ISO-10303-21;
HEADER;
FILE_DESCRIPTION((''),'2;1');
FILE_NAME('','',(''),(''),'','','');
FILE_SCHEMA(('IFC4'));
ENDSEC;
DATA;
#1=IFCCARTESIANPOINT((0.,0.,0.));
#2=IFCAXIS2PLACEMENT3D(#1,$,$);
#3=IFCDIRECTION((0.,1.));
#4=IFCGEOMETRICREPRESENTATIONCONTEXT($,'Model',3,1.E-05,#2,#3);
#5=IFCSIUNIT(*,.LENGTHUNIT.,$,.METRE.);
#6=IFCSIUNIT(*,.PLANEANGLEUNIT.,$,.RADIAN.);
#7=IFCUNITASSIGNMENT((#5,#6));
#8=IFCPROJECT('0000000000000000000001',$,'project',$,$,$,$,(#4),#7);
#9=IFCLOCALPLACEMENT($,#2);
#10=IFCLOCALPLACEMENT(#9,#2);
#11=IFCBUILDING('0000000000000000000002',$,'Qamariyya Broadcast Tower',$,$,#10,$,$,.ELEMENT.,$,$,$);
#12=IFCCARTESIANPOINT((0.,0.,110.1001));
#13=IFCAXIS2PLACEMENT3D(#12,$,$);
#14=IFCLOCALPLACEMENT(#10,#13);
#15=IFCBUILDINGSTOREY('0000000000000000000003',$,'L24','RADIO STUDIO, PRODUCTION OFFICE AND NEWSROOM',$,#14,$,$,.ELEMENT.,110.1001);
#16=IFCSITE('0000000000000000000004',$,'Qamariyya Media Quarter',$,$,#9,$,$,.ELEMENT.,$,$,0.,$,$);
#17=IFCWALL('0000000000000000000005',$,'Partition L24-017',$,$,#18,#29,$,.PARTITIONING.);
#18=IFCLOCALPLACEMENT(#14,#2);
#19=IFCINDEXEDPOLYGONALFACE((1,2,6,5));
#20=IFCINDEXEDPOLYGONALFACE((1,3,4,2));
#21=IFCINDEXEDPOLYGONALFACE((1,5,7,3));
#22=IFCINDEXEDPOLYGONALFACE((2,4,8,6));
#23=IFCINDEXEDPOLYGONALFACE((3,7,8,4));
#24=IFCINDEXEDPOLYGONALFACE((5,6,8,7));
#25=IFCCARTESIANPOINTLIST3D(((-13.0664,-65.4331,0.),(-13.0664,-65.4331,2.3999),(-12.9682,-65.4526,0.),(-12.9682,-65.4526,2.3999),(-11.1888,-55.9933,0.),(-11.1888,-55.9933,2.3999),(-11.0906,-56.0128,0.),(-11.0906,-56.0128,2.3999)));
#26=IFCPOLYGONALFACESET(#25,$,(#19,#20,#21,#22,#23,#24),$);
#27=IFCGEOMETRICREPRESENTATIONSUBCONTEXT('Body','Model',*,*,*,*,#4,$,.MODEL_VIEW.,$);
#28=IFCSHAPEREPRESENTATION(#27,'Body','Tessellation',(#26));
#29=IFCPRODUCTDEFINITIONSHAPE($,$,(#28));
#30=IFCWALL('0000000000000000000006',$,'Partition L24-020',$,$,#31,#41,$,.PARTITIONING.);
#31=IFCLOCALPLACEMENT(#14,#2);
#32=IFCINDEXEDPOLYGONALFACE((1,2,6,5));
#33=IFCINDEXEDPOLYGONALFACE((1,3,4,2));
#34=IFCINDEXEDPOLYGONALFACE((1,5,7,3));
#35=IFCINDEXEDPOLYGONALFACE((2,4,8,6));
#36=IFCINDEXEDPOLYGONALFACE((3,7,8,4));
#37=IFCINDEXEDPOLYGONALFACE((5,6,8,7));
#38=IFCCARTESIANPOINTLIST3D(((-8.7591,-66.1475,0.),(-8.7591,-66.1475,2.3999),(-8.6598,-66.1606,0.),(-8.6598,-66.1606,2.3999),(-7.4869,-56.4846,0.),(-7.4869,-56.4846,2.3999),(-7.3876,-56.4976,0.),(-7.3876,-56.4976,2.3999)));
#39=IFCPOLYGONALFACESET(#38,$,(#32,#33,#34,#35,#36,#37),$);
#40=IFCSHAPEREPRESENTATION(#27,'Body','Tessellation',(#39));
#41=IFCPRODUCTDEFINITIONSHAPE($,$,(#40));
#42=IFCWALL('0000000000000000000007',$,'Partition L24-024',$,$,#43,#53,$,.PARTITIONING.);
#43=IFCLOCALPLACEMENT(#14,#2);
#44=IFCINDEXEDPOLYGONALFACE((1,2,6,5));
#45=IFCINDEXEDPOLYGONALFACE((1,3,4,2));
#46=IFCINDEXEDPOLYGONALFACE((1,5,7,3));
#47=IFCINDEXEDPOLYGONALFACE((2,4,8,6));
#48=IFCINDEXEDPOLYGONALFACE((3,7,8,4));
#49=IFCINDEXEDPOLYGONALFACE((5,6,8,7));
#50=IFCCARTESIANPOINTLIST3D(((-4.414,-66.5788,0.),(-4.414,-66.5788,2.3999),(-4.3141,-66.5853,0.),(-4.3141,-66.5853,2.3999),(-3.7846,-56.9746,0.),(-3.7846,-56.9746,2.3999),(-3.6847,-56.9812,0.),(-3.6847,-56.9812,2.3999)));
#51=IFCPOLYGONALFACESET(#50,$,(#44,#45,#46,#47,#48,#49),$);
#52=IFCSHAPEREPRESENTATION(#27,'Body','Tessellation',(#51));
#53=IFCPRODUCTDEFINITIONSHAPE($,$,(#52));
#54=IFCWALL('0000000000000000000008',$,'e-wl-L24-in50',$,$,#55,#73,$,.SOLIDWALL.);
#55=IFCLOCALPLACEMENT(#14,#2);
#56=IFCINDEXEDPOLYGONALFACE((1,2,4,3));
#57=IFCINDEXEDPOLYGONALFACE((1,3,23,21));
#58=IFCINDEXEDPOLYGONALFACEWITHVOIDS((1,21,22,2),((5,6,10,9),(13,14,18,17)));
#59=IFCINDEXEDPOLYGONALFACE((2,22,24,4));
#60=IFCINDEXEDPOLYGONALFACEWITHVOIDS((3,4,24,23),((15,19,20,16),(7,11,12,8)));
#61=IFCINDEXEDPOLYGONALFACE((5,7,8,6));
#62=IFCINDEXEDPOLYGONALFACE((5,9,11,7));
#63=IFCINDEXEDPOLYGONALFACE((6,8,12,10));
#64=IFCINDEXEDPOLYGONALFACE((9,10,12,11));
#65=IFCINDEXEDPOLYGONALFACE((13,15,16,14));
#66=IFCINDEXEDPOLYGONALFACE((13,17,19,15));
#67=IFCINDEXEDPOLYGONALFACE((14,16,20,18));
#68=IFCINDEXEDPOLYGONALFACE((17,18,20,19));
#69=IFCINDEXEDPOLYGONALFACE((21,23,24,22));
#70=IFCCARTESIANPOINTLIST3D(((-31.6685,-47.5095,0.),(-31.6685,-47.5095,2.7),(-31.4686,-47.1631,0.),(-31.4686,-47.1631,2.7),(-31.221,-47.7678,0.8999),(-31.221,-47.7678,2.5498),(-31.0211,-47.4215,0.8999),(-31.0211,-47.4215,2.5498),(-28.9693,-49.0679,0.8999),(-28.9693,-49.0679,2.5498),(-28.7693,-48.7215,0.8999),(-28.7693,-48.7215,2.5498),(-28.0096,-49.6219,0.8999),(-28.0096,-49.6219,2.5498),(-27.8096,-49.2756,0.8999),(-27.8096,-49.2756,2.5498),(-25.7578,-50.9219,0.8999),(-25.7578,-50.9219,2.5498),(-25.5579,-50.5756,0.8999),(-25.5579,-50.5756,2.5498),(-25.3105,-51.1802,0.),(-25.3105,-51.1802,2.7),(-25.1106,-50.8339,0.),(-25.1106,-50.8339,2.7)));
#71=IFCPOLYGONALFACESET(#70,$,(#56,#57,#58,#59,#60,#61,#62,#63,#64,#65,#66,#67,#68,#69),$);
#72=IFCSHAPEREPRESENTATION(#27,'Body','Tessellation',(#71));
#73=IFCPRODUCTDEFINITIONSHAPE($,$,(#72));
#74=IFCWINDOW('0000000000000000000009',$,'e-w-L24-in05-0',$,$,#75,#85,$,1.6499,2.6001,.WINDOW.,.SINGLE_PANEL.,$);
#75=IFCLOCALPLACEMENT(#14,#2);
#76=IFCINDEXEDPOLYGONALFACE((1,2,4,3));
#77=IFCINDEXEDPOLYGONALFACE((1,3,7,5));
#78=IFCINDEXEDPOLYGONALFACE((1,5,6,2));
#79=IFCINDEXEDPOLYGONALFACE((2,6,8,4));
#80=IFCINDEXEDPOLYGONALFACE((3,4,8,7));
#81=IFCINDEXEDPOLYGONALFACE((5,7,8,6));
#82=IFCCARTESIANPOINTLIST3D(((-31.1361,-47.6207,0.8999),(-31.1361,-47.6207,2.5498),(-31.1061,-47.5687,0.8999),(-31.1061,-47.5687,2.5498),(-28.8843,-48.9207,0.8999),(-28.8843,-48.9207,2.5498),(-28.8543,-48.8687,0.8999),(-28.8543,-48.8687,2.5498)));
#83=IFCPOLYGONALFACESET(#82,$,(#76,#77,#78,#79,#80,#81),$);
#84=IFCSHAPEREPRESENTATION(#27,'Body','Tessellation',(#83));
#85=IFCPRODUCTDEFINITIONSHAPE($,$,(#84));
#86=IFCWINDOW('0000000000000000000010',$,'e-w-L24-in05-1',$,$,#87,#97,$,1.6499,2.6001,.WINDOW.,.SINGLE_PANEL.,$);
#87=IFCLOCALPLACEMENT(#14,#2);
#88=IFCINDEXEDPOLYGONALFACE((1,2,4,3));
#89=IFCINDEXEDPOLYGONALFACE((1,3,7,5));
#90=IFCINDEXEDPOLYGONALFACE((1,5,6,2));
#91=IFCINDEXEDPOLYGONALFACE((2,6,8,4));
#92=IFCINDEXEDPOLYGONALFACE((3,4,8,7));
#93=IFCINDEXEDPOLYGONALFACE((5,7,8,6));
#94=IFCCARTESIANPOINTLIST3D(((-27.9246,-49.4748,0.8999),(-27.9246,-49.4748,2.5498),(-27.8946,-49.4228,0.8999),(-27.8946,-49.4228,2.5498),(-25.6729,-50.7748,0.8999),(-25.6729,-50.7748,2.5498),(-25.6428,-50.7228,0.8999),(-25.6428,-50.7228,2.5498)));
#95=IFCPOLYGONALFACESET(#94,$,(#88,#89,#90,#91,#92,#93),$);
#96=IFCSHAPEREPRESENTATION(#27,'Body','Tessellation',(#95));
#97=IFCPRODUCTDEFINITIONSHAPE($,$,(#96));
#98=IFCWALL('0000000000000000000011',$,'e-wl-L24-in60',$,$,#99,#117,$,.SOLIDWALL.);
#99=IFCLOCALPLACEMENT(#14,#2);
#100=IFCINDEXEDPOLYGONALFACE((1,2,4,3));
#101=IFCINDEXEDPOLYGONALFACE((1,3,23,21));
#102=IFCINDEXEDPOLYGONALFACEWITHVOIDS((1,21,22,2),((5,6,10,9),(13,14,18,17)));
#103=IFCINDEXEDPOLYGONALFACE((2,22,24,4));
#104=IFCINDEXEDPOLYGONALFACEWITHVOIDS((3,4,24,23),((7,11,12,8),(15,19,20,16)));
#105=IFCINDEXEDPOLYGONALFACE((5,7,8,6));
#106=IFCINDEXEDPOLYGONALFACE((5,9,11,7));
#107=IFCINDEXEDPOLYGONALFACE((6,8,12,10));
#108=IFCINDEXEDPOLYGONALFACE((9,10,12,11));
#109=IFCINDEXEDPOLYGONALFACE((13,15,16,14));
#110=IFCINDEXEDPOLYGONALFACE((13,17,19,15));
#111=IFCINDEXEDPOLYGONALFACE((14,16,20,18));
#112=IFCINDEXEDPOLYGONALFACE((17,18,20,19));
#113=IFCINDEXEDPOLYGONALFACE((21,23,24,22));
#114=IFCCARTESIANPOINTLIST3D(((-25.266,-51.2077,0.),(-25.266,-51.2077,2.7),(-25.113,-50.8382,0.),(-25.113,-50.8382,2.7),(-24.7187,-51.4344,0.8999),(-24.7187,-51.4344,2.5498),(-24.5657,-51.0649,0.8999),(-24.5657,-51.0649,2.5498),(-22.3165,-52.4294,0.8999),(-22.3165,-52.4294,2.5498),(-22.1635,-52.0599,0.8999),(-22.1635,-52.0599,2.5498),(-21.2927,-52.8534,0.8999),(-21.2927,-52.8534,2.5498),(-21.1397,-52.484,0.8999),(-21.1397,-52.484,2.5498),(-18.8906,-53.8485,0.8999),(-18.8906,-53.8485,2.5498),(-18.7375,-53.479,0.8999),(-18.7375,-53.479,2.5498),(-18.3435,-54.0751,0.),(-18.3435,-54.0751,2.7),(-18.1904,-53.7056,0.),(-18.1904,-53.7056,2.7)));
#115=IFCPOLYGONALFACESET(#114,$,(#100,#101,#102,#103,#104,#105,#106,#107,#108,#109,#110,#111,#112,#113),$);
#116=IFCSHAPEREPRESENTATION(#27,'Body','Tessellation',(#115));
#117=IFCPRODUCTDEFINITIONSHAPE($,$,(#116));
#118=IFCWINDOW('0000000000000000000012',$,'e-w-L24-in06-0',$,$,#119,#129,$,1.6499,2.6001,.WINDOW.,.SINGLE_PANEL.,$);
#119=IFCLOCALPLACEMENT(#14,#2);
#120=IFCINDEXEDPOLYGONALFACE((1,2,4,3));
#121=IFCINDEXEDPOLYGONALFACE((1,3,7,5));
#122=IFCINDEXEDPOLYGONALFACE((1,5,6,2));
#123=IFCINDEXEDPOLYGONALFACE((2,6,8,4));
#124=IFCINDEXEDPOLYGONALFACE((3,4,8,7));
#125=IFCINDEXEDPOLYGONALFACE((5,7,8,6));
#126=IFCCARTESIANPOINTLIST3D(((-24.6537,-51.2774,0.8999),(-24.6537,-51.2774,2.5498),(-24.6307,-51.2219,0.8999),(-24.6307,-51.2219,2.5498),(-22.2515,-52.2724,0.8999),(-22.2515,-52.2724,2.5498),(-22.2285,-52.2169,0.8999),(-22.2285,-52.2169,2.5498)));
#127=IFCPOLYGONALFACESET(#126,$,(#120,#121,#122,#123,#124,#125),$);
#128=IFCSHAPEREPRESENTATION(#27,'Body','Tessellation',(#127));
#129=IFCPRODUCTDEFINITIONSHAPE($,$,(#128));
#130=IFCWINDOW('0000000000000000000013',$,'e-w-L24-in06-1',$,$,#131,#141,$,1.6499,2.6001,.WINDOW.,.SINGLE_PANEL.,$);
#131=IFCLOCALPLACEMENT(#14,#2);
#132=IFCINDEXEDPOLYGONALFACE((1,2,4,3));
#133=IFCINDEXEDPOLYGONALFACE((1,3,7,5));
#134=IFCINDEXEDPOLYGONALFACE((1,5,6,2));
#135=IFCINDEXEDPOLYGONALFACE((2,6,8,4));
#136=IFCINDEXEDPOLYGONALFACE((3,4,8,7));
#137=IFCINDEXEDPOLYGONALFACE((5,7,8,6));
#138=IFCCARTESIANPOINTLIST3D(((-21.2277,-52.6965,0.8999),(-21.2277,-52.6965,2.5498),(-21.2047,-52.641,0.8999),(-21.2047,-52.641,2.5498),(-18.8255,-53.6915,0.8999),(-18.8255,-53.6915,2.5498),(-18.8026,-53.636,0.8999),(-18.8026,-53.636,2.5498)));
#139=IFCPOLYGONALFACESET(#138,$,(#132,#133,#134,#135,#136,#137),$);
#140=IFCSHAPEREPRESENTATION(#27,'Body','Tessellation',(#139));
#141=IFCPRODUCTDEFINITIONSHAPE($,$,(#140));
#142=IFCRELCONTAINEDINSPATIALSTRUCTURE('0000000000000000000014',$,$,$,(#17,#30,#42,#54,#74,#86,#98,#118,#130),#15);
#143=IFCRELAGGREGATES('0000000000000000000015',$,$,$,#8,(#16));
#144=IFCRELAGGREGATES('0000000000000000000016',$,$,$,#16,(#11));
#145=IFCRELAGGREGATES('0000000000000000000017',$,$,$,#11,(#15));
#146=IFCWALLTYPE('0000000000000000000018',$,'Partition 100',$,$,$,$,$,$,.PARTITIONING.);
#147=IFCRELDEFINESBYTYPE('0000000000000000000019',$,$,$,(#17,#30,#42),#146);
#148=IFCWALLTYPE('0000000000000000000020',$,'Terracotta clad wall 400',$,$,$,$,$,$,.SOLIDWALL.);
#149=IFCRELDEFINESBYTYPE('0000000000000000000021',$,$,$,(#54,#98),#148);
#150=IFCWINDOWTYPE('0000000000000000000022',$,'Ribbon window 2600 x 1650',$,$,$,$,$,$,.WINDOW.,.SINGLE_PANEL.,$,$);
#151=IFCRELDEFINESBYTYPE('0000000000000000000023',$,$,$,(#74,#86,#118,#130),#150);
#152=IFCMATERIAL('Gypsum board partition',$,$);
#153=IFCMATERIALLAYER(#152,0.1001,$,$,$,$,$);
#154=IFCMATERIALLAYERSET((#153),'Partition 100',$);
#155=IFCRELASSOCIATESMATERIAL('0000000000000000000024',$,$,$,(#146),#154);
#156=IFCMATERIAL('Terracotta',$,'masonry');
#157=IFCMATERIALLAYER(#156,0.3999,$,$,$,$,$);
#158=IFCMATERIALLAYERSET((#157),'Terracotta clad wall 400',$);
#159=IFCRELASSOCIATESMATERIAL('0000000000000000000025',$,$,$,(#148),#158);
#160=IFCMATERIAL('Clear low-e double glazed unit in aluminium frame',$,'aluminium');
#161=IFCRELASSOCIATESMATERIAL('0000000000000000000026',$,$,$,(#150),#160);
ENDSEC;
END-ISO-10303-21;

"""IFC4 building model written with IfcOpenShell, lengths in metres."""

from ifc_helpers import new_model, si_unit, direction, frame, frame_2d, origin, place, context, subcontext, project, spatial, rectangle, extrude, material, layer, layer_set, type_object, element, fill, save


model = new_model("IFC4")

# Units and contexts
model_context = context("Model", 3, precision=1e-05, world=origin(), true_north=direction((0.0, 1.0)))
body_context = subcontext(model_context, "Body", "Model", "MODEL_VIEW")
ifc_project = project(units=[si_unit("LENGTHUNIT", "METRE"), si_unit("PLANEANGLEUNIT", "RADIAN")], contexts=[model_context])

# Site, building, storey
site_placement = place(None, origin())
site = spatial("IfcSite", under=ifc_project, at=site_placement, Name="Qamariyya Media Quarter", CompositionType="ELEMENT", RefElevation=0.0)
building_placement = place(site_placement, origin())
building = spatial("IfcBuilding", under=site, at=building_placement, Name="Qamariyya Broadcast Tower", CompositionType="ELEMENT")
storey_placement = place(building_placement, frame((0.0, 0.0, 110.1001)))
storey = spatial("IfcBuildingStorey", under=building, at=storey_placement, Name="L24", Description="RADIO STUDIO, PRODUCTION OFFICE AND NEWSROOM", CompositionType="ELEMENT", Elevation=110.1001)

# Shared definitions
ifc_material_1 = material(Name="Gypsum board partition")

# Walls
ifc_layer_1 = layer(ifc_material_1, 0.1001)
ifc_layer_set_1 = layer_set([ifc_layer_1], Name="Partition 100")
wall_type_1 = type_object("IfcWallType", Name="Partition 100", PredefinedType="PARTITIONING", material=ifc_layer_set_1)
for number, where, z_axis, x_axis, name in (
    (1, (-11.1396, -56.0029, 0.0), (0.0, 0.0, 1.0), (-0.195087, -0.980786, 0.0), "Partition L24-017"),
):
    element("IfcWall", number, at=place(storey_placement, frame(where, z_axis=z_axis, x_axis=x_axis)), inside=storey, type_object=wall_type_1, Name=name, PredefinedType="PARTITIONING", context=body_context, shape_type="SweptSolid", body=[
        extrude(rectangle(XDim=9.6248, YDim=0.1001, at=frame_2d((4.8125, 0.0))), origin(), (0.0, 0.0, 1.0), 2.3999),
    ])
wall_1_placement = place(storey_placement, frame((-7.4373, -56.4912, 0.0), z_axis=(0.0, 0.0, 1.0), x_axis=(-0.130534, -0.991444, 0.0)))
element("IfcWall", 2, at=wall_1_placement, inside=storey, type_object=wall_type_1, Name="Partition L24-020", PredefinedType="PARTITIONING", context=body_context, shape_type="SweptSolid", body=[
    extrude(rectangle(XDim=9.7463, YDim=0.1001, at=frame_2d((4.873, 0.0))), origin(), (0.0, 0.0, 1.0), 2.3999),
])
wall_2_placement = place(storey_placement, frame((-3.7346, -56.9778, 0.0), z_axis=(0.0, 0.0, 1.0), x_axis=(-0.065393, -0.99786, 0.0)))
element("IfcWall", 3, at=wall_2_placement, inside=storey, type_object=wall_type_1, Name="Partition L24-024", PredefinedType="PARTITIONING", context=body_context, shape_type="SweptSolid", body=[
    extrude(rectangle(XDim=9.6248, YDim=0.1001, at=frame_2d((4.8125, 0.0))), origin(), (0.0, 0.0, 1.0), 2.3999),
])

# Walls, openings, windows
ifc_material_2 = material(Name="Terracotta", Category="masonry")
ifc_layer_2 = layer(ifc_material_2, 0.3999)
ifc_layer_set_2 = layer_set([ifc_layer_2], Name="Terracotta clad wall 400")
wall_type_2 = type_object("IfcWallType", Name="Terracotta clad wall 400", PredefinedType="SOLIDWALL", material=ifc_layer_set_2)
wall_3_placement = place(storey_placement, frame((-25.2104, -51.0071, 0.0), z_axis=(0.0, 0.0, 1.0), x_axis=(-0.866031, 0.499991, 0.0)))
wall_3 = element("IfcWall", 4, at=wall_3_placement, inside=storey, type_object=wall_type_2, Name="e-wl-L24-in50", PredefinedType="SOLIDWALL", context=body_context, shape_type="SweptSolid", body=[
    extrude(rectangle(XDim=7.3416, YDim=0.3999, at=frame_2d((3.6709, 0.0))), origin(), (0.0, 0.0, 1.0), 2.7),
])
opening_1_placement = place(wall_3_placement, frame((4.2249, 0.0, 0.8999)))
opening_1 = element("IfcOpeningElement", 5, at=opening_1_placement, cuts=wall_3, PredefinedType="OPENING", context=body_context, shape_type="SweptSolid", body=[
    extrude(rectangle(XDim=2.6001, YDim=1.6499, at=frame_2d((1.3, 0.825))), frame((0.0, 0.21, 0.0), z_axis=(0.0, -1.0, 0.0), x_axis=(1.0, 0.0, 0.0)), (0.0, 0.0, 1.0), 0.4199),
])
opening_2_placement = place(wall_3_placement, frame((0.5166, 0.0, 0.8999)))
opening_2 = element("IfcOpeningElement", 6, at=opening_2_placement, cuts=wall_3, PredefinedType="OPENING", context=body_context, shape_type="SweptSolid", body=[
    extrude(rectangle(XDim=2.6001, YDim=1.6499, at=frame_2d((1.3, 0.825))), frame((0.0, 0.21, 0.0), z_axis=(0.0, -1.0, 0.0), x_axis=(1.0, 0.0, 0.0)), (0.0, 0.0, 1.0), 0.4199),
])
ifc_material_3 = material(Name="Clear low-e double glazed unit in aluminium frame", Category="aluminium")
window_type = type_object("IfcWindowType", Name="Ribbon window 2600 x 1650", PartitioningType="SINGLE_PANEL", PredefinedType="WINDOW", material=ifc_material_3)
window_1_placement = place(opening_1_placement, origin())
window_1 = element("IfcWindow", 7, at=window_1_placement, inside=storey, type_object=window_type, Name="e-w-L24-in05-0", OverallHeight=1.6499, OverallWidth=2.6001, PartitioningType="SINGLE_PANEL", PredefinedType="WINDOW", context=body_context, shape_type="SweptSolid", body=[
    extrude(rectangle(XDim=2.6001, YDim=1.6499, at=frame_2d((1.3, 0.825))), frame((0.0, 0.03, 0.0), z_axis=(0.0, -1.0, 0.0), x_axis=(1.0, 0.0, 0.0)), (0.0, 0.0, 1.0), 0.0601),
])
fill(opening_1, window_1)
window_2_placement = place(opening_2_placement, origin())
window_2 = element("IfcWindow", 8, at=window_2_placement, inside=storey, type_object=window_type, Name="e-w-L24-in05-1", OverallHeight=1.6499, OverallWidth=2.6001, PartitioningType="SINGLE_PANEL", PredefinedType="WINDOW", context=body_context, shape_type="SweptSolid", body=[
    extrude(rectangle(XDim=2.6001, YDim=1.6499, at=frame_2d((1.3, 0.825))), frame((0.0, 0.03, 0.0), z_axis=(0.0, -1.0, 0.0), x_axis=(1.0, 0.0, 0.0)), (0.0, 0.0, 1.0), 0.0601),
])
fill(opening_2, window_2)
wall_4_placement = place(storey_placement, frame((-18.2668, -53.8904, 0.0), z_axis=(0.0, 0.0, 1.0), x_axis=(-0.92388, 0.382683, 0.0)))
wall_4 = element("IfcWall", 9, at=wall_4_placement, inside=storey, type_object=wall_type_2, Name="e-wl-L24-in60", PredefinedType="SOLIDWALL", context=body_context, shape_type="SweptSolid", body=[
    extrude(rectangle(XDim=7.4929, YDim=0.3999, at=frame_2d((3.7466, 0.0))), origin(), (0.0, 0.0, 1.0), 2.7),
])
opening_3_placement = place(wall_4_placement, frame((4.3005, 0.0, 0.8999)))
opening_3 = element("IfcOpeningElement", 10, at=opening_3_placement, cuts=wall_4, PredefinedType="OPENING", context=body_context, shape_type="SweptSolid", body=[
    extrude(rectangle(XDim=2.6001, YDim=1.6499, at=frame_2d((1.3, 0.825))), frame((0.0, 0.21, 0.0), z_axis=(0.0, -1.0, 0.0), x_axis=(1.0, 0.0, 0.0)), (0.0, 0.0, 1.0), 0.4199),
])
opening_4_placement = place(wall_4_placement, frame((0.5923, 0.0, 0.8999)))
opening_4 = element("IfcOpeningElement", 11, at=opening_4_placement, cuts=wall_4, PredefinedType="OPENING", context=body_context, shape_type="SweptSolid", body=[
    extrude(rectangle(XDim=2.6001, YDim=1.6499, at=frame_2d((1.3, 0.825))), frame((0.0, 0.21, 0.0), z_axis=(0.0, -1.0, 0.0), x_axis=(1.0, 0.0, 0.0)), (0.0, 0.0, 1.0), 0.4199),
])
window_3_placement = place(opening_3_placement, origin())
window_3 = element("IfcWindow", 12, at=window_3_placement, inside=storey, type_object=window_type, Name="e-w-L24-in06-0", OverallHeight=1.6499, OverallWidth=2.6001, PartitioningType="SINGLE_PANEL", PredefinedType="WINDOW", context=body_context, shape_type="SweptSolid", body=[
    extrude(rectangle(XDim=2.6001, YDim=1.6499, at=frame_2d((1.3, 0.825))), frame((0.0, 0.03, 0.0), z_axis=(0.0, -1.0, 0.0), x_axis=(1.0, 0.0, 0.0)), (0.0, 0.0, 1.0), 0.0601),
])
fill(opening_3, window_3)
window_4_placement = place(opening_4_placement, origin())
window_4 = element("IfcWindow", 13, at=window_4_placement, inside=storey, type_object=window_type, Name="e-w-L24-in06-1", OverallHeight=1.6499, OverallWidth=2.6001, PartitioningType="SINGLE_PANEL", PredefinedType="WINDOW", context=body_context, shape_type="SweptSolid", body=[
    extrude(rectangle(XDim=2.6001, YDim=1.6499, at=frame_2d((1.3, 0.825))), frame((0.0, 0.03, 0.0), z_axis=(0.0, -1.0, 0.0), x_axis=(1.0, 0.0, 0.0)), (0.0, 0.0, 1.0), 0.0601),
])
fill(opening_4, window_4)

save(model, "model.ifc")
